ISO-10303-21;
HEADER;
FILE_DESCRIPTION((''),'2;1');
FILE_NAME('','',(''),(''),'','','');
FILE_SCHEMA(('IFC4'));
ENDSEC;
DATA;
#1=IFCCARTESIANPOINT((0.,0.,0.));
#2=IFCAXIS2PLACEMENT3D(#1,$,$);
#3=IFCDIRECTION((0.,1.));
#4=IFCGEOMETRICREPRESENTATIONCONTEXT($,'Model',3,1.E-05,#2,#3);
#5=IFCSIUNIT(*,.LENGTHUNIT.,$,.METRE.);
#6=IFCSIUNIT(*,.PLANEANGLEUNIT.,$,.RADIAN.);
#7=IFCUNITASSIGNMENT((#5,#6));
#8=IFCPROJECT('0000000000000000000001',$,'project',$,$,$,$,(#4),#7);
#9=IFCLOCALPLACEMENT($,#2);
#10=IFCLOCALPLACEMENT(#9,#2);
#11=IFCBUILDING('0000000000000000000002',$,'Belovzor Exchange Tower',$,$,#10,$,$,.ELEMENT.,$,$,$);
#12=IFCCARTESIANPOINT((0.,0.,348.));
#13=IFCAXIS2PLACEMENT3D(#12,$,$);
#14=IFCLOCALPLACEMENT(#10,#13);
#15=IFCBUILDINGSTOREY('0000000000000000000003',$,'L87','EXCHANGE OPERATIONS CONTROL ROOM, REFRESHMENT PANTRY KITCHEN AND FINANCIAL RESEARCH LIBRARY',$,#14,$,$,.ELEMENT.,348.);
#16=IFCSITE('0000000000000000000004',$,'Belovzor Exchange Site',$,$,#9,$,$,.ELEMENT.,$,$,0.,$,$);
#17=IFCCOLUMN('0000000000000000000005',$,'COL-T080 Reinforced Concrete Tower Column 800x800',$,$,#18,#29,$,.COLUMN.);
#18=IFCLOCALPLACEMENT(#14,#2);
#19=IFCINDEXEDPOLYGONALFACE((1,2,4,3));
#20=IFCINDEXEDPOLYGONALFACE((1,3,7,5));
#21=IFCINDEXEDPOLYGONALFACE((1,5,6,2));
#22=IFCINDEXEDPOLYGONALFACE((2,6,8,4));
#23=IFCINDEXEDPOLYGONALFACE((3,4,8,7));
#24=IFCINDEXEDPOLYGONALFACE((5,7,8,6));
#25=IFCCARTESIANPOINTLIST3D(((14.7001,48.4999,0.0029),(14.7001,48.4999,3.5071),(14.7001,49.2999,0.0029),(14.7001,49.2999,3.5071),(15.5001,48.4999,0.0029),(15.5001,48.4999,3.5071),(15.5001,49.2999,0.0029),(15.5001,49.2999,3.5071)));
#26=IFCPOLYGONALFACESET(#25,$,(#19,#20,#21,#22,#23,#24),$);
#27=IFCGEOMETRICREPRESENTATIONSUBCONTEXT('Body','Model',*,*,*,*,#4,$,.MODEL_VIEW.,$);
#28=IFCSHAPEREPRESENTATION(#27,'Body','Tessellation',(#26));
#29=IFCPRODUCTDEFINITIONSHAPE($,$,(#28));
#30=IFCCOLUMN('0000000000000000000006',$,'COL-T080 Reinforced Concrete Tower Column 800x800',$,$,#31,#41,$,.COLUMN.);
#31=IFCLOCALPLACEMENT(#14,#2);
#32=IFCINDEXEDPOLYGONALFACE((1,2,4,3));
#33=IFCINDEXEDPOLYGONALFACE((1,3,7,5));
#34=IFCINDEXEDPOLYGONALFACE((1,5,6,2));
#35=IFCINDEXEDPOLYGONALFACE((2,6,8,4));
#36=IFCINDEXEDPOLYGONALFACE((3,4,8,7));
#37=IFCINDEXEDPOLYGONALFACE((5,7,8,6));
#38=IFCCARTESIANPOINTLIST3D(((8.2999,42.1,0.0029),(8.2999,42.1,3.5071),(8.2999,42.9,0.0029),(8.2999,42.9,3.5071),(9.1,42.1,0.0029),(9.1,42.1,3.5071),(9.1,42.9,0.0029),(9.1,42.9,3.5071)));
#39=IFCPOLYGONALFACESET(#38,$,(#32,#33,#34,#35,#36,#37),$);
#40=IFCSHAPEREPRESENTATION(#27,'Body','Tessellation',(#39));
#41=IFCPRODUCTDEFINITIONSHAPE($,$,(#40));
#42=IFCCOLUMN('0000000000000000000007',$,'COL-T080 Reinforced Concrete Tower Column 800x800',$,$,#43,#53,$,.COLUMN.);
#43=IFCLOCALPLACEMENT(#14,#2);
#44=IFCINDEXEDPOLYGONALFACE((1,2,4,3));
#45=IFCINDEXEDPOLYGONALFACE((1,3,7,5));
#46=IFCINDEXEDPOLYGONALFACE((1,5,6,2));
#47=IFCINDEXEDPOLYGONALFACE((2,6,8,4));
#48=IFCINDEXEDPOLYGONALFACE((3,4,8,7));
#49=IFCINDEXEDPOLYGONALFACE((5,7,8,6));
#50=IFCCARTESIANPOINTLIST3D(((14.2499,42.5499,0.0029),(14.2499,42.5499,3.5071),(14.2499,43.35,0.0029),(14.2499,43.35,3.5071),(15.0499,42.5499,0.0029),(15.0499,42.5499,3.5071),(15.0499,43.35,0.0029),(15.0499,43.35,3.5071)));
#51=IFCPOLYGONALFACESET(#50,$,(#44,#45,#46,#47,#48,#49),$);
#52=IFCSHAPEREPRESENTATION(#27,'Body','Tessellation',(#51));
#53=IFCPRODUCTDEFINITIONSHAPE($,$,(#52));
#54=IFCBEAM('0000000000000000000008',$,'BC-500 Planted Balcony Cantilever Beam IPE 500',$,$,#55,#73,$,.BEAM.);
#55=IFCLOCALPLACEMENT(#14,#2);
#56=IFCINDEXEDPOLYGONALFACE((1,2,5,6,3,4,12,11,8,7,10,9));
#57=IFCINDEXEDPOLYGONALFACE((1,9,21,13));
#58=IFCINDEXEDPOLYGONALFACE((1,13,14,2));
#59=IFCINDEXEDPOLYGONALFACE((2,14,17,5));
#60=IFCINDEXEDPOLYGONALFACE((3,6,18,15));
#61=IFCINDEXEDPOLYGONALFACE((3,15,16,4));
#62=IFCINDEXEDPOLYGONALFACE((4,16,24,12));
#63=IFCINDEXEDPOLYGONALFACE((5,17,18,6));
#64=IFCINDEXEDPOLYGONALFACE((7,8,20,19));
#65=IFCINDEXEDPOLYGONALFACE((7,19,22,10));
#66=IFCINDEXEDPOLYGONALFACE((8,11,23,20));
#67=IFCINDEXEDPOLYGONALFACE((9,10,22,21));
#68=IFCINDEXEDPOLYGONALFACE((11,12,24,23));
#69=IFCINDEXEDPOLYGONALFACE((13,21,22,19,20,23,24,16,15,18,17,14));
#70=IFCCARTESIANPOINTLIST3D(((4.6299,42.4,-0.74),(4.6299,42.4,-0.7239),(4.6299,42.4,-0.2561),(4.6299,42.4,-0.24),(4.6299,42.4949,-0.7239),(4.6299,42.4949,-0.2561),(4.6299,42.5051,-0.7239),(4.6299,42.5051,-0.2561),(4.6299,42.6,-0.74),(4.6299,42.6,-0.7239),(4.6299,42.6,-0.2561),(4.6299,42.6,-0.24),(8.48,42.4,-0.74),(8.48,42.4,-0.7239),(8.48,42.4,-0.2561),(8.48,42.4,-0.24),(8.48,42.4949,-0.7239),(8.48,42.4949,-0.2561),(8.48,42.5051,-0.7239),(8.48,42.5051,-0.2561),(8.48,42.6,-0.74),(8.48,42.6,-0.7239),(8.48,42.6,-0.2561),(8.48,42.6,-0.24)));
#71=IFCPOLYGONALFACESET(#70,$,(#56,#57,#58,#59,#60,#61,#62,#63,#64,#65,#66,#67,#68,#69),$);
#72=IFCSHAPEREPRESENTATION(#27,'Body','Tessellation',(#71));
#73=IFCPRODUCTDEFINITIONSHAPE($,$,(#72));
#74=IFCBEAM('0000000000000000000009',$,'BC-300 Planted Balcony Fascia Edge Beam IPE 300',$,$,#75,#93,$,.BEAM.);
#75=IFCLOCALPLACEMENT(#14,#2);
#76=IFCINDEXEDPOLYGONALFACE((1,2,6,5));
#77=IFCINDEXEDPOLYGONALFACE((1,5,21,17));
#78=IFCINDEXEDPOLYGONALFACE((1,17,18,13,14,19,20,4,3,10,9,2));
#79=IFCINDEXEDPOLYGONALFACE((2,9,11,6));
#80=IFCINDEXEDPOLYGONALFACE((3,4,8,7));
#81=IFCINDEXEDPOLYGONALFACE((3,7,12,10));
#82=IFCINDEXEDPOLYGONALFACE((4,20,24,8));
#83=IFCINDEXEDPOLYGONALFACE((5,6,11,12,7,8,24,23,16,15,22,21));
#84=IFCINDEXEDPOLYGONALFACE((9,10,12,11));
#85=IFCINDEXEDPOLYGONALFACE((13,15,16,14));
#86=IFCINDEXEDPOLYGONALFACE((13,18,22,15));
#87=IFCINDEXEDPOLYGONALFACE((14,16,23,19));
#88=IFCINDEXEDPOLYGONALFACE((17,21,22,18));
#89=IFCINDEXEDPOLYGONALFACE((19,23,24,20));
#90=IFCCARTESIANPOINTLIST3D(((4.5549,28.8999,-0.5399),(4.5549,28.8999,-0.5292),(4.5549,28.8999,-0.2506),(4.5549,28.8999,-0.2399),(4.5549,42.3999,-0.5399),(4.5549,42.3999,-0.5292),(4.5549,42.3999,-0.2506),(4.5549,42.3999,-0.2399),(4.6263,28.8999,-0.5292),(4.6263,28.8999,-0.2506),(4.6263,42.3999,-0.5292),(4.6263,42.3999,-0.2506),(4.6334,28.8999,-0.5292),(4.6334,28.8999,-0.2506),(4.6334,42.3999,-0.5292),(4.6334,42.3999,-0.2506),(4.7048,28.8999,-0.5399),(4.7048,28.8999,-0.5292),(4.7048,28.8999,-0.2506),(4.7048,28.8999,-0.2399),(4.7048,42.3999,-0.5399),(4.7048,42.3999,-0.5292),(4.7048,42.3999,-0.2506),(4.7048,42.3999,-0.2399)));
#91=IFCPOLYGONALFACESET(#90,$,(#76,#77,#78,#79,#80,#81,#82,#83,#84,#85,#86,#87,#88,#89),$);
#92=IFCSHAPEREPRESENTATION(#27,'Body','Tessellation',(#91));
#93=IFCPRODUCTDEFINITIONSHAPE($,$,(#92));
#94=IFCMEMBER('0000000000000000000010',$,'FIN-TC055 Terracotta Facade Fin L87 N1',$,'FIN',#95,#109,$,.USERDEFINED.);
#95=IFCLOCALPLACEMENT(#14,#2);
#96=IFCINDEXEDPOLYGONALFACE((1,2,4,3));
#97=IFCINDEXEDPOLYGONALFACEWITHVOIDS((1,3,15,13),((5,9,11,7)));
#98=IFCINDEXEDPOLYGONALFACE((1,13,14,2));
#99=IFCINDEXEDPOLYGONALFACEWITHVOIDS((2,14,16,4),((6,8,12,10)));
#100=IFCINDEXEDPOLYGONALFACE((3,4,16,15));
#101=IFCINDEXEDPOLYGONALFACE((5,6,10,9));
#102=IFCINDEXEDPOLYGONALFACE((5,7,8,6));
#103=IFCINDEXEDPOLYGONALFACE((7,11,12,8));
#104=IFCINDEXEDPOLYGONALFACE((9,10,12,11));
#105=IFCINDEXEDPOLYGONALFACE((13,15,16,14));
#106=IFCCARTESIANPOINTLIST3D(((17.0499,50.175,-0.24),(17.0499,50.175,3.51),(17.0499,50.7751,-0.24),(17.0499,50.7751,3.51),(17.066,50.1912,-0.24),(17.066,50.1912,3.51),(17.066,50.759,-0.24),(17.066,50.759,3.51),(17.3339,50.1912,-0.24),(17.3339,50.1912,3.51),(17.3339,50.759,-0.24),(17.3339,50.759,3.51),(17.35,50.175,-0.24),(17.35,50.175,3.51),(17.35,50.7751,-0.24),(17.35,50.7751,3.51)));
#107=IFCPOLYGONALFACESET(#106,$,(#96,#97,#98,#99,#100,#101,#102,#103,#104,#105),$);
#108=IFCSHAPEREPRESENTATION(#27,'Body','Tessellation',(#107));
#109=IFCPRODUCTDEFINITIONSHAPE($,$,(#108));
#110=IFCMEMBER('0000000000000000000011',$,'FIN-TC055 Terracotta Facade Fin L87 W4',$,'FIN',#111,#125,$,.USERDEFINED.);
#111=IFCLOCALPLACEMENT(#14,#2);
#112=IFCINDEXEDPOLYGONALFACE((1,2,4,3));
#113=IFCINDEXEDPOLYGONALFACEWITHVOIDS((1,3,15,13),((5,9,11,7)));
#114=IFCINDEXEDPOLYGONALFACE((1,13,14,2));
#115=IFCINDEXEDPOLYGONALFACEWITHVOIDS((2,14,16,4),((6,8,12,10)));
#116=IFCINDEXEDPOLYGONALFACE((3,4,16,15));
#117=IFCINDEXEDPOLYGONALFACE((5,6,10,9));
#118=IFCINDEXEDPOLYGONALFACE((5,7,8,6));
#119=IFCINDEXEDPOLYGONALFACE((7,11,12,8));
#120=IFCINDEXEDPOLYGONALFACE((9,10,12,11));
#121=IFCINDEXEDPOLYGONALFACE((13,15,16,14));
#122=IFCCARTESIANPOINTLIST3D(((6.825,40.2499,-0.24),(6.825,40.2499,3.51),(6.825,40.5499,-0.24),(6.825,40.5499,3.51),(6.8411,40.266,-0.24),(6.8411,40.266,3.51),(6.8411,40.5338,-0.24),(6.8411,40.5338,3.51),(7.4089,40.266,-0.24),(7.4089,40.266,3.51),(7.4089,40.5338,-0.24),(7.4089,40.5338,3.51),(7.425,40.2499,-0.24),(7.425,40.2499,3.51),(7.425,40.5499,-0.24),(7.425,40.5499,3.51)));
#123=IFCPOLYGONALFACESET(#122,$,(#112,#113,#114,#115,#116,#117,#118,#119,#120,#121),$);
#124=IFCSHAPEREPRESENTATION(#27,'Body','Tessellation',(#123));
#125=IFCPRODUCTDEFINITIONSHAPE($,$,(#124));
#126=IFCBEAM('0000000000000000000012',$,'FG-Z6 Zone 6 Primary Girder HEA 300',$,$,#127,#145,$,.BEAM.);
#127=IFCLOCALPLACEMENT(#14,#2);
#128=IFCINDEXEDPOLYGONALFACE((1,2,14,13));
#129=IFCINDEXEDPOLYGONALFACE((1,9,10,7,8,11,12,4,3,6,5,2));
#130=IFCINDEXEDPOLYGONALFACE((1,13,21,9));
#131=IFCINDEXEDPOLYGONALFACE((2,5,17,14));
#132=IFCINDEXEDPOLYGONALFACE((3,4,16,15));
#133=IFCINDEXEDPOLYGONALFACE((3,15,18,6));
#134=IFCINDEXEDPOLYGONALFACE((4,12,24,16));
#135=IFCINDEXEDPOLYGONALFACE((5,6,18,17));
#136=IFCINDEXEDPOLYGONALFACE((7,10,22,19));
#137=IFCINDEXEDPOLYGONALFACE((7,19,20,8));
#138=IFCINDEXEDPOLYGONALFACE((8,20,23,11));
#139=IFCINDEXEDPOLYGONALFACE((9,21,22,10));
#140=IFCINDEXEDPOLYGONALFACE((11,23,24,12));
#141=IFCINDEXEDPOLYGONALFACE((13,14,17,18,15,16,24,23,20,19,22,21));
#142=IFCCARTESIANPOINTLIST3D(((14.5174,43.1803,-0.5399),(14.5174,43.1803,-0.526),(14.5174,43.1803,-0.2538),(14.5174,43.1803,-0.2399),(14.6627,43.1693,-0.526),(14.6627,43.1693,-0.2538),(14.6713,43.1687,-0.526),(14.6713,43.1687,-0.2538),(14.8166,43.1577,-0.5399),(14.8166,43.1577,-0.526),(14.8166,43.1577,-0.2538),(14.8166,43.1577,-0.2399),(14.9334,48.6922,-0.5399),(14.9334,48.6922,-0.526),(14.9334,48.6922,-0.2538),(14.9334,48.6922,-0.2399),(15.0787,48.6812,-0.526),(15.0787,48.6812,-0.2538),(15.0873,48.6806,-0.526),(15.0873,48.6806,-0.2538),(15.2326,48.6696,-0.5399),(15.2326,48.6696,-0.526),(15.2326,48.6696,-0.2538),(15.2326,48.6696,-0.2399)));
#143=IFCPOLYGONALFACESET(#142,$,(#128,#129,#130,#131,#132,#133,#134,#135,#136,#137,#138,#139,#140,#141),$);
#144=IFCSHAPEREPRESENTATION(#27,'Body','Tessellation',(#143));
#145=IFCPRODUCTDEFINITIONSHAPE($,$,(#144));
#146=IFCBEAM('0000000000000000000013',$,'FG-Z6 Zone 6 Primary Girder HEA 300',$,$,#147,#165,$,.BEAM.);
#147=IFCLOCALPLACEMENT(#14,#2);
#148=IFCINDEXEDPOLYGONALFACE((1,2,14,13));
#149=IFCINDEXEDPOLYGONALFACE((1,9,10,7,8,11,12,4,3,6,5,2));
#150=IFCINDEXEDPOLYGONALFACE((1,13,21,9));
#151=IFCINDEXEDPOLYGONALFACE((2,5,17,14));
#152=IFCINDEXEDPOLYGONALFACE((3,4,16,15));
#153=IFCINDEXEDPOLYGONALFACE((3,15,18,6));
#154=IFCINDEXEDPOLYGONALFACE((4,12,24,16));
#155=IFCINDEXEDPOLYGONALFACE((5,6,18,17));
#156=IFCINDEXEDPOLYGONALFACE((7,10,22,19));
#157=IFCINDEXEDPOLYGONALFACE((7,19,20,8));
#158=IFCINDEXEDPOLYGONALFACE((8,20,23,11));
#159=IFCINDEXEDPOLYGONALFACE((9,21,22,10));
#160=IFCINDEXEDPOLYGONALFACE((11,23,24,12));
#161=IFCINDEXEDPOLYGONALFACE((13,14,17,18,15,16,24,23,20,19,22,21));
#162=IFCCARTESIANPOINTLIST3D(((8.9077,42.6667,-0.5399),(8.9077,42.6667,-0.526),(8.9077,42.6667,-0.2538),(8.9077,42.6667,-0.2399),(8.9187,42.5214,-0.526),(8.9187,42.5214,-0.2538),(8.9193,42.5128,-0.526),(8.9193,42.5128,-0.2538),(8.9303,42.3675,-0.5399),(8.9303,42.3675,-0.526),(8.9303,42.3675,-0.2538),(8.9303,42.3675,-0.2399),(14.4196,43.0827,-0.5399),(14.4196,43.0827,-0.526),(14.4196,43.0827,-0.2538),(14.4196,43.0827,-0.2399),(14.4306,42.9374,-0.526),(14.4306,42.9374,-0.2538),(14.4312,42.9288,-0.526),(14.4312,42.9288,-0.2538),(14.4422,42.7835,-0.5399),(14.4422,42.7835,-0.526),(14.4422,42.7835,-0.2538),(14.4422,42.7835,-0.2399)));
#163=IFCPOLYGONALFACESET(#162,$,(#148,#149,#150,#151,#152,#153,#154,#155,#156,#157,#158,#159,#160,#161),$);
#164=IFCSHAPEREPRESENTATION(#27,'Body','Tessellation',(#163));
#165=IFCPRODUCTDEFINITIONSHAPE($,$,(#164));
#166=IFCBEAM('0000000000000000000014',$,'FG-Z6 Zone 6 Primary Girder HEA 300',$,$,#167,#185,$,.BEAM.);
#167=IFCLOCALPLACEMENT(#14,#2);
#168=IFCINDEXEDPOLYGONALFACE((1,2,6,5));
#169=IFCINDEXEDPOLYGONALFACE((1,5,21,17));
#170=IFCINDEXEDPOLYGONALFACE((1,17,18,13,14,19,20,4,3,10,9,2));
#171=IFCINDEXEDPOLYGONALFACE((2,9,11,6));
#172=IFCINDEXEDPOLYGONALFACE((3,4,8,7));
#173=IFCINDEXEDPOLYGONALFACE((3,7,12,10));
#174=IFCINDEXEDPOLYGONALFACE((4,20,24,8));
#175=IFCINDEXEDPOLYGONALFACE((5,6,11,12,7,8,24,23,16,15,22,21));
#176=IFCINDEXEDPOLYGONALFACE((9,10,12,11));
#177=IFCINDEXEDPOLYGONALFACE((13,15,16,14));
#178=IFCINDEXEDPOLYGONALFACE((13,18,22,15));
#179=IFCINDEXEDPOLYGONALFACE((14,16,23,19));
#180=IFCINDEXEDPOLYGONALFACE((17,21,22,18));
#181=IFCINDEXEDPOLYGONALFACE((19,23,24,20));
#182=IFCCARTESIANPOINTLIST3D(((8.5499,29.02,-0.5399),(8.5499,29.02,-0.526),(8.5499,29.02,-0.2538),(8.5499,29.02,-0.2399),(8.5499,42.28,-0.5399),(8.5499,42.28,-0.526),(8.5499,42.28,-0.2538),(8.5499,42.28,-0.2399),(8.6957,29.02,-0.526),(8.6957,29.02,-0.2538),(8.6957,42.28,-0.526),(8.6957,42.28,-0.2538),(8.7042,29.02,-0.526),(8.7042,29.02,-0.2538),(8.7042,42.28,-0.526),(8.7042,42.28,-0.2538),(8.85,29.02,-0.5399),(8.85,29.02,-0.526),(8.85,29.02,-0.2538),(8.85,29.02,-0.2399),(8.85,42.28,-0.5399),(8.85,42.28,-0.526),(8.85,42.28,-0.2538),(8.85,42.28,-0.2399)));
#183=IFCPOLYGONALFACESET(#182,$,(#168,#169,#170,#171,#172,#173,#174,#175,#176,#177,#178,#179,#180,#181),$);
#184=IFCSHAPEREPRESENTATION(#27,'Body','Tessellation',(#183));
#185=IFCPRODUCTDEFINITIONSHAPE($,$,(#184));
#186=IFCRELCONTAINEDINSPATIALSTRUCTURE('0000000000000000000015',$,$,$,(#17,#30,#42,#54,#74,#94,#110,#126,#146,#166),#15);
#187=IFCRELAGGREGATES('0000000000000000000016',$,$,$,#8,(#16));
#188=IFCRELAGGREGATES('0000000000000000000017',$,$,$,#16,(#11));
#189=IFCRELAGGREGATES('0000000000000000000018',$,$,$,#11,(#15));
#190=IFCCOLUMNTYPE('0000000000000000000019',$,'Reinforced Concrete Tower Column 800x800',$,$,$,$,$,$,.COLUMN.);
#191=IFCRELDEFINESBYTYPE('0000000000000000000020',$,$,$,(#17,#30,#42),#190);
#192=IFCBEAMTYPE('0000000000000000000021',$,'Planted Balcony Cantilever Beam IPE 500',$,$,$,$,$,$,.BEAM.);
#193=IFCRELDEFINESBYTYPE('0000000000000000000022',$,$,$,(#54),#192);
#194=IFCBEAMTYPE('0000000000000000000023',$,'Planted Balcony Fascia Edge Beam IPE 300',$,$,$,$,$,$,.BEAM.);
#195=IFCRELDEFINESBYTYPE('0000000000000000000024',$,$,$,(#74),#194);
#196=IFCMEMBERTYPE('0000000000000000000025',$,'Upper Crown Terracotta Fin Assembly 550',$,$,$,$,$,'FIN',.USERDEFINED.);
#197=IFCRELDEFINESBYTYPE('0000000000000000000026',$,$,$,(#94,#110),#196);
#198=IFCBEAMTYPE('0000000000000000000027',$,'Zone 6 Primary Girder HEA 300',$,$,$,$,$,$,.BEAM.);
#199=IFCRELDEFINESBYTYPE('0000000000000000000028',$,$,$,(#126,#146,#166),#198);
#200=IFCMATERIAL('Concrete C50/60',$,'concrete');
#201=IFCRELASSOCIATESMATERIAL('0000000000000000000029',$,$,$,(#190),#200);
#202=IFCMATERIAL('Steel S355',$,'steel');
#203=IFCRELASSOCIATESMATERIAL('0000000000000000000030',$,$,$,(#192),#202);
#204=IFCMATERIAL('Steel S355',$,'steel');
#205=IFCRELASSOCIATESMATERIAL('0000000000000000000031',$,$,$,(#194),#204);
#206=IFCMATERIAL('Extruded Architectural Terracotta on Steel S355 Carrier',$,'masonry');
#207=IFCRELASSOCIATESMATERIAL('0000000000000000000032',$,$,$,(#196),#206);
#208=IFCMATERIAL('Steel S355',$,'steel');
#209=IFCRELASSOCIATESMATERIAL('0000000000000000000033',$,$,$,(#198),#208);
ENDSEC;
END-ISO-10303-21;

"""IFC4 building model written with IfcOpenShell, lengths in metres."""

from ifc_helpers import new_model, si_unit, direction, frame, origin, origin_2d, place, context, subcontext, project, spatial, rectangle, hollow_rectangle, i_section, extrude, material, material_profile, profile_set, type_object, element, save


model = new_model("IFC4")

# Units and contexts
model_context = context("Model", 3, precision=1e-05, world=origin(), true_north=direction((0.0, 1.0)))
body_context = subcontext(model_context, "Body", "Model", "MODEL_VIEW")
ifc_project = project(units=[si_unit("LENGTHUNIT", "METRE"), si_unit("PLANEANGLEUNIT", "RADIAN")], contexts=[model_context])

# Site, building, storey
site_placement = place(None, origin())
site = spatial("IfcSite", under=ifc_project, at=site_placement, Name="Belovzor Exchange Site", CompositionType="ELEMENT", RefElevation=0.0)
building_placement = place(site_placement, origin())
building = spatial("IfcBuilding", under=site, at=building_placement, Name="Belovzor Exchange Tower", CompositionType="ELEMENT")
storey_placement = place(building_placement, frame((0.0, 0.0, 348.0)))
storey = spatial("IfcBuildingStorey", under=building, at=storey_placement, Name="L87", Description="EXCHANGE OPERATIONS CONTROL ROOM, REFRESHMENT PANTRY KITCHEN AND FINANCIAL RESEARCH LIBRARY", CompositionType="ELEMENT", Elevation=348.0)

# Columns
ifc_material_1 = material(Name="Concrete C50/60", Category="concrete")
ifc_material_profile_1 = material_profile(ifc_material_1, rectangle(XDim=0.8, YDim=0.8, at=origin_2d()))
ifc_profile_set_1 = profile_set([ifc_material_profile_1], Name="Concrete C50/60")
column_type = type_object("IfcColumnType", Name="Reinforced Concrete Tower Column 800x800", PredefinedType="COLUMN", material=ifc_profile_set_1)
for number, where, z_axis, x_axis, name in (
    (1, (15.1001, 48.8999, 0.0029), (0.0, 0.0, 1.0), (1.0, 0.0, 0.0), "COL-T080 Reinforced Concrete Tower Column 800x800"),
    (2, (8.7, 42.5, 0.0029), (0.0, 0.0, 1.0), (1.0, 0.0, 0.0), "COL-T080 Reinforced Concrete Tower Column 800x800"),
    (3, (14.6499, 42.95, 0.0029), (0.0, 0.0, 1.0), (1.0, 0.0, 0.0), "COL-T080 Reinforced Concrete Tower Column 800x800"),
):
    element("IfcColumn", number, at=place(storey_placement, frame(where, z_axis=z_axis, x_axis=x_axis)), inside=storey, type_object=column_type, Name=name, PredefinedType="COLUMN", context=body_context, shape_type="SweptSolid", body=[
        extrude(rectangle(XDim=0.8, YDim=0.8, at=origin_2d()), origin(), (0.0, 0.0, 1.0), 3.5042),
    ])

# Beams
ifc_material_2 = material(Name="Steel S355", Category="steel")
ifc_material_profile_2 = material_profile(ifc_material_2, i_section(OverallWidth=0.2, OverallDepth=0.5, WebThickness=0.0103, FlangeThickness=0.0161, at=origin_2d()))
ifc_profile_set_2 = profile_set([ifc_material_profile_2], Name="Steel S355")
beam_type_1 = type_object("IfcBeamType", Name="Planted Balcony Cantilever Beam IPE 500", PredefinedType="BEAM", material=ifc_profile_set_2)
beam_1_placement = place(storey_placement, frame((8.48, 42.5, -0.49), z_axis=(-1.0, 0.0, 0.0), x_axis=(0.0, -1.0, 0.0)))
element("IfcBeam", 4, at=beam_1_placement, inside=storey, type_object=beam_type_1, Name="BC-500 Planted Balcony Cantilever Beam IPE 500", PredefinedType="BEAM", context=body_context, shape_type="SweptSolid", body=[
    extrude(i_section(OverallWidth=0.2, OverallDepth=0.5, WebThickness=0.0103, FlangeThickness=0.0161, at=origin_2d()), origin(), (0.0, 0.0, 1.0), 3.8501),
])
ifc_material_3 = material(Name="Steel S355", Category="steel")
ifc_material_profile_3 = material_profile(ifc_material_3, i_section(OverallWidth=0.1499, OverallDepth=0.3, WebThickness=0.0071, FlangeThickness=0.0107, at=origin_2d()))
ifc_profile_set_3 = profile_set([ifc_material_profile_3], Name="Steel S355")
beam_type_2 = type_object("IfcBeamType", Name="Planted Balcony Fascia Edge Beam IPE 300", PredefinedType="BEAM", material=ifc_profile_set_3)
beam_2_placement = place(storey_placement, frame((4.6299, 42.3999, -0.3899), z_axis=(0.0, -1.0, 0.0), x_axis=(1.0, 0.0, 0.0)))
element("IfcBeam", 5, at=beam_2_placement, inside=storey, type_object=beam_type_2, Name="BC-300 Planted Balcony Fascia Edge Beam IPE 300", PredefinedType="BEAM", context=body_context, shape_type="SweptSolid", body=[
    extrude(i_section(OverallWidth=0.1499, OverallDepth=0.3, WebThickness=0.0071, FlangeThickness=0.0107, at=origin_2d()), origin(), (0.0, 0.0, 1.0), 13.5),
])

# Members
ifc_material_4 = material(Name="Extruded Architectural Terracotta on Steel S355 Carrier", Category="masonry")
ifc_material_profile_4 = material_profile(ifc_material_4, hollow_rectangle(XDim=0.3, YDim=0.6001, WallThickness=0.0161, at=origin_2d()))
ifc_profile_set_4 = profile_set([ifc_material_profile_4], Name="Extruded Architectural Terracotta on Steel S355 Carrier")
member_type = type_object("IfcMemberType", Name="Upper Crown Terracotta Fin Assembly 550", ElementType="FIN", PredefinedType="USERDEFINED", material=ifc_profile_set_4)
for number, where, z_axis, x_axis, name in (
    (6, (17.2, 50.4751, -0.24), (0.0, 0.0, 1.0), (1.0, 0.0, 0.0), "FIN-TC055 Terracotta Facade Fin L87 N1"),
    (7, (7.125, 40.3999, -0.24), (0.0, 0.0, 1.0), (0.0, 1.0, 0.0), "FIN-TC055 Terracotta Facade Fin L87 W4"),
):
    element("IfcMember", number, at=place(storey_placement, frame(where, z_axis=z_axis, x_axis=x_axis)), inside=storey, type_object=member_type, Name=name, ObjectType="FIN", PredefinedType="USERDEFINED", context=body_context, shape_type="SweptSolid", body=[
        extrude(hollow_rectangle(XDim=0.3, YDim=0.6001, WallThickness=0.0161, at=origin_2d()), origin(), (0.0, 0.0, 1.0), 3.75),
    ])

# Beams
ifc_material_5 = material(Name="Steel S355", Category="steel")
ifc_material_profile_5 = material_profile(ifc_material_5, i_section(OverallWidth=0.3, OverallDepth=0.3, WebThickness=0.0085, FlangeThickness=0.0139, at=origin_2d()))
ifc_profile_set_5 = profile_set([ifc_material_profile_5], Name="Steel S355")
beam_type_3 = type_object("IfcBeamType", Name="Zone 6 Primary Girder HEA 300", PredefinedType="BEAM", material=ifc_profile_set_5)
for number, where, z_axis, x_axis, name in (
    (8, (15.083, 48.6809, -0.3899), (-0.075261, -0.997164, 0.0), (0.997164, -0.075261, 0.0), "FG-Z6 Zone 6 Primary Girder HEA 300"),
    (9, (14.4309, 42.9331, -0.3899), (-0.997164, -0.075261, 0.0), (0.075261, -0.997164, 0.0), "FG-Z6 Zone 6 Primary Girder HEA 300"),
):
    element("IfcBeam", number, at=place(storey_placement, frame(where, z_axis=z_axis, x_axis=x_axis)), inside=storey, type_object=beam_type_3, Name=name, PredefinedType="BEAM", context=body_context, shape_type="SweptSolid", body=[
        extrude(i_section(OverallWidth=0.3, OverallDepth=0.3, WebThickness=0.0085, FlangeThickness=0.0139, at=origin_2d()), origin(), (0.0, 0.0, 1.0), 5.5276),
    ])
beam_3_placement = place(storey_placement, frame((8.7, 42.28, -0.3899), z_axis=(0.0, -1.0, 0.0), x_axis=(1.0, 0.0, 0.0)))
element("IfcBeam", 10, at=beam_3_placement, inside=storey, type_object=beam_type_3, Name="FG-Z6 Zone 6 Primary Girder HEA 300", PredefinedType="BEAM", context=body_context, shape_type="SweptSolid", body=[
    extrude(i_section(OverallWidth=0.3, OverallDepth=0.3, WebThickness=0.0085, FlangeThickness=0.0139, at=origin_2d()), origin(), (0.0, 0.0, 1.0), 13.26),
])

save(model, "model.ifc")
